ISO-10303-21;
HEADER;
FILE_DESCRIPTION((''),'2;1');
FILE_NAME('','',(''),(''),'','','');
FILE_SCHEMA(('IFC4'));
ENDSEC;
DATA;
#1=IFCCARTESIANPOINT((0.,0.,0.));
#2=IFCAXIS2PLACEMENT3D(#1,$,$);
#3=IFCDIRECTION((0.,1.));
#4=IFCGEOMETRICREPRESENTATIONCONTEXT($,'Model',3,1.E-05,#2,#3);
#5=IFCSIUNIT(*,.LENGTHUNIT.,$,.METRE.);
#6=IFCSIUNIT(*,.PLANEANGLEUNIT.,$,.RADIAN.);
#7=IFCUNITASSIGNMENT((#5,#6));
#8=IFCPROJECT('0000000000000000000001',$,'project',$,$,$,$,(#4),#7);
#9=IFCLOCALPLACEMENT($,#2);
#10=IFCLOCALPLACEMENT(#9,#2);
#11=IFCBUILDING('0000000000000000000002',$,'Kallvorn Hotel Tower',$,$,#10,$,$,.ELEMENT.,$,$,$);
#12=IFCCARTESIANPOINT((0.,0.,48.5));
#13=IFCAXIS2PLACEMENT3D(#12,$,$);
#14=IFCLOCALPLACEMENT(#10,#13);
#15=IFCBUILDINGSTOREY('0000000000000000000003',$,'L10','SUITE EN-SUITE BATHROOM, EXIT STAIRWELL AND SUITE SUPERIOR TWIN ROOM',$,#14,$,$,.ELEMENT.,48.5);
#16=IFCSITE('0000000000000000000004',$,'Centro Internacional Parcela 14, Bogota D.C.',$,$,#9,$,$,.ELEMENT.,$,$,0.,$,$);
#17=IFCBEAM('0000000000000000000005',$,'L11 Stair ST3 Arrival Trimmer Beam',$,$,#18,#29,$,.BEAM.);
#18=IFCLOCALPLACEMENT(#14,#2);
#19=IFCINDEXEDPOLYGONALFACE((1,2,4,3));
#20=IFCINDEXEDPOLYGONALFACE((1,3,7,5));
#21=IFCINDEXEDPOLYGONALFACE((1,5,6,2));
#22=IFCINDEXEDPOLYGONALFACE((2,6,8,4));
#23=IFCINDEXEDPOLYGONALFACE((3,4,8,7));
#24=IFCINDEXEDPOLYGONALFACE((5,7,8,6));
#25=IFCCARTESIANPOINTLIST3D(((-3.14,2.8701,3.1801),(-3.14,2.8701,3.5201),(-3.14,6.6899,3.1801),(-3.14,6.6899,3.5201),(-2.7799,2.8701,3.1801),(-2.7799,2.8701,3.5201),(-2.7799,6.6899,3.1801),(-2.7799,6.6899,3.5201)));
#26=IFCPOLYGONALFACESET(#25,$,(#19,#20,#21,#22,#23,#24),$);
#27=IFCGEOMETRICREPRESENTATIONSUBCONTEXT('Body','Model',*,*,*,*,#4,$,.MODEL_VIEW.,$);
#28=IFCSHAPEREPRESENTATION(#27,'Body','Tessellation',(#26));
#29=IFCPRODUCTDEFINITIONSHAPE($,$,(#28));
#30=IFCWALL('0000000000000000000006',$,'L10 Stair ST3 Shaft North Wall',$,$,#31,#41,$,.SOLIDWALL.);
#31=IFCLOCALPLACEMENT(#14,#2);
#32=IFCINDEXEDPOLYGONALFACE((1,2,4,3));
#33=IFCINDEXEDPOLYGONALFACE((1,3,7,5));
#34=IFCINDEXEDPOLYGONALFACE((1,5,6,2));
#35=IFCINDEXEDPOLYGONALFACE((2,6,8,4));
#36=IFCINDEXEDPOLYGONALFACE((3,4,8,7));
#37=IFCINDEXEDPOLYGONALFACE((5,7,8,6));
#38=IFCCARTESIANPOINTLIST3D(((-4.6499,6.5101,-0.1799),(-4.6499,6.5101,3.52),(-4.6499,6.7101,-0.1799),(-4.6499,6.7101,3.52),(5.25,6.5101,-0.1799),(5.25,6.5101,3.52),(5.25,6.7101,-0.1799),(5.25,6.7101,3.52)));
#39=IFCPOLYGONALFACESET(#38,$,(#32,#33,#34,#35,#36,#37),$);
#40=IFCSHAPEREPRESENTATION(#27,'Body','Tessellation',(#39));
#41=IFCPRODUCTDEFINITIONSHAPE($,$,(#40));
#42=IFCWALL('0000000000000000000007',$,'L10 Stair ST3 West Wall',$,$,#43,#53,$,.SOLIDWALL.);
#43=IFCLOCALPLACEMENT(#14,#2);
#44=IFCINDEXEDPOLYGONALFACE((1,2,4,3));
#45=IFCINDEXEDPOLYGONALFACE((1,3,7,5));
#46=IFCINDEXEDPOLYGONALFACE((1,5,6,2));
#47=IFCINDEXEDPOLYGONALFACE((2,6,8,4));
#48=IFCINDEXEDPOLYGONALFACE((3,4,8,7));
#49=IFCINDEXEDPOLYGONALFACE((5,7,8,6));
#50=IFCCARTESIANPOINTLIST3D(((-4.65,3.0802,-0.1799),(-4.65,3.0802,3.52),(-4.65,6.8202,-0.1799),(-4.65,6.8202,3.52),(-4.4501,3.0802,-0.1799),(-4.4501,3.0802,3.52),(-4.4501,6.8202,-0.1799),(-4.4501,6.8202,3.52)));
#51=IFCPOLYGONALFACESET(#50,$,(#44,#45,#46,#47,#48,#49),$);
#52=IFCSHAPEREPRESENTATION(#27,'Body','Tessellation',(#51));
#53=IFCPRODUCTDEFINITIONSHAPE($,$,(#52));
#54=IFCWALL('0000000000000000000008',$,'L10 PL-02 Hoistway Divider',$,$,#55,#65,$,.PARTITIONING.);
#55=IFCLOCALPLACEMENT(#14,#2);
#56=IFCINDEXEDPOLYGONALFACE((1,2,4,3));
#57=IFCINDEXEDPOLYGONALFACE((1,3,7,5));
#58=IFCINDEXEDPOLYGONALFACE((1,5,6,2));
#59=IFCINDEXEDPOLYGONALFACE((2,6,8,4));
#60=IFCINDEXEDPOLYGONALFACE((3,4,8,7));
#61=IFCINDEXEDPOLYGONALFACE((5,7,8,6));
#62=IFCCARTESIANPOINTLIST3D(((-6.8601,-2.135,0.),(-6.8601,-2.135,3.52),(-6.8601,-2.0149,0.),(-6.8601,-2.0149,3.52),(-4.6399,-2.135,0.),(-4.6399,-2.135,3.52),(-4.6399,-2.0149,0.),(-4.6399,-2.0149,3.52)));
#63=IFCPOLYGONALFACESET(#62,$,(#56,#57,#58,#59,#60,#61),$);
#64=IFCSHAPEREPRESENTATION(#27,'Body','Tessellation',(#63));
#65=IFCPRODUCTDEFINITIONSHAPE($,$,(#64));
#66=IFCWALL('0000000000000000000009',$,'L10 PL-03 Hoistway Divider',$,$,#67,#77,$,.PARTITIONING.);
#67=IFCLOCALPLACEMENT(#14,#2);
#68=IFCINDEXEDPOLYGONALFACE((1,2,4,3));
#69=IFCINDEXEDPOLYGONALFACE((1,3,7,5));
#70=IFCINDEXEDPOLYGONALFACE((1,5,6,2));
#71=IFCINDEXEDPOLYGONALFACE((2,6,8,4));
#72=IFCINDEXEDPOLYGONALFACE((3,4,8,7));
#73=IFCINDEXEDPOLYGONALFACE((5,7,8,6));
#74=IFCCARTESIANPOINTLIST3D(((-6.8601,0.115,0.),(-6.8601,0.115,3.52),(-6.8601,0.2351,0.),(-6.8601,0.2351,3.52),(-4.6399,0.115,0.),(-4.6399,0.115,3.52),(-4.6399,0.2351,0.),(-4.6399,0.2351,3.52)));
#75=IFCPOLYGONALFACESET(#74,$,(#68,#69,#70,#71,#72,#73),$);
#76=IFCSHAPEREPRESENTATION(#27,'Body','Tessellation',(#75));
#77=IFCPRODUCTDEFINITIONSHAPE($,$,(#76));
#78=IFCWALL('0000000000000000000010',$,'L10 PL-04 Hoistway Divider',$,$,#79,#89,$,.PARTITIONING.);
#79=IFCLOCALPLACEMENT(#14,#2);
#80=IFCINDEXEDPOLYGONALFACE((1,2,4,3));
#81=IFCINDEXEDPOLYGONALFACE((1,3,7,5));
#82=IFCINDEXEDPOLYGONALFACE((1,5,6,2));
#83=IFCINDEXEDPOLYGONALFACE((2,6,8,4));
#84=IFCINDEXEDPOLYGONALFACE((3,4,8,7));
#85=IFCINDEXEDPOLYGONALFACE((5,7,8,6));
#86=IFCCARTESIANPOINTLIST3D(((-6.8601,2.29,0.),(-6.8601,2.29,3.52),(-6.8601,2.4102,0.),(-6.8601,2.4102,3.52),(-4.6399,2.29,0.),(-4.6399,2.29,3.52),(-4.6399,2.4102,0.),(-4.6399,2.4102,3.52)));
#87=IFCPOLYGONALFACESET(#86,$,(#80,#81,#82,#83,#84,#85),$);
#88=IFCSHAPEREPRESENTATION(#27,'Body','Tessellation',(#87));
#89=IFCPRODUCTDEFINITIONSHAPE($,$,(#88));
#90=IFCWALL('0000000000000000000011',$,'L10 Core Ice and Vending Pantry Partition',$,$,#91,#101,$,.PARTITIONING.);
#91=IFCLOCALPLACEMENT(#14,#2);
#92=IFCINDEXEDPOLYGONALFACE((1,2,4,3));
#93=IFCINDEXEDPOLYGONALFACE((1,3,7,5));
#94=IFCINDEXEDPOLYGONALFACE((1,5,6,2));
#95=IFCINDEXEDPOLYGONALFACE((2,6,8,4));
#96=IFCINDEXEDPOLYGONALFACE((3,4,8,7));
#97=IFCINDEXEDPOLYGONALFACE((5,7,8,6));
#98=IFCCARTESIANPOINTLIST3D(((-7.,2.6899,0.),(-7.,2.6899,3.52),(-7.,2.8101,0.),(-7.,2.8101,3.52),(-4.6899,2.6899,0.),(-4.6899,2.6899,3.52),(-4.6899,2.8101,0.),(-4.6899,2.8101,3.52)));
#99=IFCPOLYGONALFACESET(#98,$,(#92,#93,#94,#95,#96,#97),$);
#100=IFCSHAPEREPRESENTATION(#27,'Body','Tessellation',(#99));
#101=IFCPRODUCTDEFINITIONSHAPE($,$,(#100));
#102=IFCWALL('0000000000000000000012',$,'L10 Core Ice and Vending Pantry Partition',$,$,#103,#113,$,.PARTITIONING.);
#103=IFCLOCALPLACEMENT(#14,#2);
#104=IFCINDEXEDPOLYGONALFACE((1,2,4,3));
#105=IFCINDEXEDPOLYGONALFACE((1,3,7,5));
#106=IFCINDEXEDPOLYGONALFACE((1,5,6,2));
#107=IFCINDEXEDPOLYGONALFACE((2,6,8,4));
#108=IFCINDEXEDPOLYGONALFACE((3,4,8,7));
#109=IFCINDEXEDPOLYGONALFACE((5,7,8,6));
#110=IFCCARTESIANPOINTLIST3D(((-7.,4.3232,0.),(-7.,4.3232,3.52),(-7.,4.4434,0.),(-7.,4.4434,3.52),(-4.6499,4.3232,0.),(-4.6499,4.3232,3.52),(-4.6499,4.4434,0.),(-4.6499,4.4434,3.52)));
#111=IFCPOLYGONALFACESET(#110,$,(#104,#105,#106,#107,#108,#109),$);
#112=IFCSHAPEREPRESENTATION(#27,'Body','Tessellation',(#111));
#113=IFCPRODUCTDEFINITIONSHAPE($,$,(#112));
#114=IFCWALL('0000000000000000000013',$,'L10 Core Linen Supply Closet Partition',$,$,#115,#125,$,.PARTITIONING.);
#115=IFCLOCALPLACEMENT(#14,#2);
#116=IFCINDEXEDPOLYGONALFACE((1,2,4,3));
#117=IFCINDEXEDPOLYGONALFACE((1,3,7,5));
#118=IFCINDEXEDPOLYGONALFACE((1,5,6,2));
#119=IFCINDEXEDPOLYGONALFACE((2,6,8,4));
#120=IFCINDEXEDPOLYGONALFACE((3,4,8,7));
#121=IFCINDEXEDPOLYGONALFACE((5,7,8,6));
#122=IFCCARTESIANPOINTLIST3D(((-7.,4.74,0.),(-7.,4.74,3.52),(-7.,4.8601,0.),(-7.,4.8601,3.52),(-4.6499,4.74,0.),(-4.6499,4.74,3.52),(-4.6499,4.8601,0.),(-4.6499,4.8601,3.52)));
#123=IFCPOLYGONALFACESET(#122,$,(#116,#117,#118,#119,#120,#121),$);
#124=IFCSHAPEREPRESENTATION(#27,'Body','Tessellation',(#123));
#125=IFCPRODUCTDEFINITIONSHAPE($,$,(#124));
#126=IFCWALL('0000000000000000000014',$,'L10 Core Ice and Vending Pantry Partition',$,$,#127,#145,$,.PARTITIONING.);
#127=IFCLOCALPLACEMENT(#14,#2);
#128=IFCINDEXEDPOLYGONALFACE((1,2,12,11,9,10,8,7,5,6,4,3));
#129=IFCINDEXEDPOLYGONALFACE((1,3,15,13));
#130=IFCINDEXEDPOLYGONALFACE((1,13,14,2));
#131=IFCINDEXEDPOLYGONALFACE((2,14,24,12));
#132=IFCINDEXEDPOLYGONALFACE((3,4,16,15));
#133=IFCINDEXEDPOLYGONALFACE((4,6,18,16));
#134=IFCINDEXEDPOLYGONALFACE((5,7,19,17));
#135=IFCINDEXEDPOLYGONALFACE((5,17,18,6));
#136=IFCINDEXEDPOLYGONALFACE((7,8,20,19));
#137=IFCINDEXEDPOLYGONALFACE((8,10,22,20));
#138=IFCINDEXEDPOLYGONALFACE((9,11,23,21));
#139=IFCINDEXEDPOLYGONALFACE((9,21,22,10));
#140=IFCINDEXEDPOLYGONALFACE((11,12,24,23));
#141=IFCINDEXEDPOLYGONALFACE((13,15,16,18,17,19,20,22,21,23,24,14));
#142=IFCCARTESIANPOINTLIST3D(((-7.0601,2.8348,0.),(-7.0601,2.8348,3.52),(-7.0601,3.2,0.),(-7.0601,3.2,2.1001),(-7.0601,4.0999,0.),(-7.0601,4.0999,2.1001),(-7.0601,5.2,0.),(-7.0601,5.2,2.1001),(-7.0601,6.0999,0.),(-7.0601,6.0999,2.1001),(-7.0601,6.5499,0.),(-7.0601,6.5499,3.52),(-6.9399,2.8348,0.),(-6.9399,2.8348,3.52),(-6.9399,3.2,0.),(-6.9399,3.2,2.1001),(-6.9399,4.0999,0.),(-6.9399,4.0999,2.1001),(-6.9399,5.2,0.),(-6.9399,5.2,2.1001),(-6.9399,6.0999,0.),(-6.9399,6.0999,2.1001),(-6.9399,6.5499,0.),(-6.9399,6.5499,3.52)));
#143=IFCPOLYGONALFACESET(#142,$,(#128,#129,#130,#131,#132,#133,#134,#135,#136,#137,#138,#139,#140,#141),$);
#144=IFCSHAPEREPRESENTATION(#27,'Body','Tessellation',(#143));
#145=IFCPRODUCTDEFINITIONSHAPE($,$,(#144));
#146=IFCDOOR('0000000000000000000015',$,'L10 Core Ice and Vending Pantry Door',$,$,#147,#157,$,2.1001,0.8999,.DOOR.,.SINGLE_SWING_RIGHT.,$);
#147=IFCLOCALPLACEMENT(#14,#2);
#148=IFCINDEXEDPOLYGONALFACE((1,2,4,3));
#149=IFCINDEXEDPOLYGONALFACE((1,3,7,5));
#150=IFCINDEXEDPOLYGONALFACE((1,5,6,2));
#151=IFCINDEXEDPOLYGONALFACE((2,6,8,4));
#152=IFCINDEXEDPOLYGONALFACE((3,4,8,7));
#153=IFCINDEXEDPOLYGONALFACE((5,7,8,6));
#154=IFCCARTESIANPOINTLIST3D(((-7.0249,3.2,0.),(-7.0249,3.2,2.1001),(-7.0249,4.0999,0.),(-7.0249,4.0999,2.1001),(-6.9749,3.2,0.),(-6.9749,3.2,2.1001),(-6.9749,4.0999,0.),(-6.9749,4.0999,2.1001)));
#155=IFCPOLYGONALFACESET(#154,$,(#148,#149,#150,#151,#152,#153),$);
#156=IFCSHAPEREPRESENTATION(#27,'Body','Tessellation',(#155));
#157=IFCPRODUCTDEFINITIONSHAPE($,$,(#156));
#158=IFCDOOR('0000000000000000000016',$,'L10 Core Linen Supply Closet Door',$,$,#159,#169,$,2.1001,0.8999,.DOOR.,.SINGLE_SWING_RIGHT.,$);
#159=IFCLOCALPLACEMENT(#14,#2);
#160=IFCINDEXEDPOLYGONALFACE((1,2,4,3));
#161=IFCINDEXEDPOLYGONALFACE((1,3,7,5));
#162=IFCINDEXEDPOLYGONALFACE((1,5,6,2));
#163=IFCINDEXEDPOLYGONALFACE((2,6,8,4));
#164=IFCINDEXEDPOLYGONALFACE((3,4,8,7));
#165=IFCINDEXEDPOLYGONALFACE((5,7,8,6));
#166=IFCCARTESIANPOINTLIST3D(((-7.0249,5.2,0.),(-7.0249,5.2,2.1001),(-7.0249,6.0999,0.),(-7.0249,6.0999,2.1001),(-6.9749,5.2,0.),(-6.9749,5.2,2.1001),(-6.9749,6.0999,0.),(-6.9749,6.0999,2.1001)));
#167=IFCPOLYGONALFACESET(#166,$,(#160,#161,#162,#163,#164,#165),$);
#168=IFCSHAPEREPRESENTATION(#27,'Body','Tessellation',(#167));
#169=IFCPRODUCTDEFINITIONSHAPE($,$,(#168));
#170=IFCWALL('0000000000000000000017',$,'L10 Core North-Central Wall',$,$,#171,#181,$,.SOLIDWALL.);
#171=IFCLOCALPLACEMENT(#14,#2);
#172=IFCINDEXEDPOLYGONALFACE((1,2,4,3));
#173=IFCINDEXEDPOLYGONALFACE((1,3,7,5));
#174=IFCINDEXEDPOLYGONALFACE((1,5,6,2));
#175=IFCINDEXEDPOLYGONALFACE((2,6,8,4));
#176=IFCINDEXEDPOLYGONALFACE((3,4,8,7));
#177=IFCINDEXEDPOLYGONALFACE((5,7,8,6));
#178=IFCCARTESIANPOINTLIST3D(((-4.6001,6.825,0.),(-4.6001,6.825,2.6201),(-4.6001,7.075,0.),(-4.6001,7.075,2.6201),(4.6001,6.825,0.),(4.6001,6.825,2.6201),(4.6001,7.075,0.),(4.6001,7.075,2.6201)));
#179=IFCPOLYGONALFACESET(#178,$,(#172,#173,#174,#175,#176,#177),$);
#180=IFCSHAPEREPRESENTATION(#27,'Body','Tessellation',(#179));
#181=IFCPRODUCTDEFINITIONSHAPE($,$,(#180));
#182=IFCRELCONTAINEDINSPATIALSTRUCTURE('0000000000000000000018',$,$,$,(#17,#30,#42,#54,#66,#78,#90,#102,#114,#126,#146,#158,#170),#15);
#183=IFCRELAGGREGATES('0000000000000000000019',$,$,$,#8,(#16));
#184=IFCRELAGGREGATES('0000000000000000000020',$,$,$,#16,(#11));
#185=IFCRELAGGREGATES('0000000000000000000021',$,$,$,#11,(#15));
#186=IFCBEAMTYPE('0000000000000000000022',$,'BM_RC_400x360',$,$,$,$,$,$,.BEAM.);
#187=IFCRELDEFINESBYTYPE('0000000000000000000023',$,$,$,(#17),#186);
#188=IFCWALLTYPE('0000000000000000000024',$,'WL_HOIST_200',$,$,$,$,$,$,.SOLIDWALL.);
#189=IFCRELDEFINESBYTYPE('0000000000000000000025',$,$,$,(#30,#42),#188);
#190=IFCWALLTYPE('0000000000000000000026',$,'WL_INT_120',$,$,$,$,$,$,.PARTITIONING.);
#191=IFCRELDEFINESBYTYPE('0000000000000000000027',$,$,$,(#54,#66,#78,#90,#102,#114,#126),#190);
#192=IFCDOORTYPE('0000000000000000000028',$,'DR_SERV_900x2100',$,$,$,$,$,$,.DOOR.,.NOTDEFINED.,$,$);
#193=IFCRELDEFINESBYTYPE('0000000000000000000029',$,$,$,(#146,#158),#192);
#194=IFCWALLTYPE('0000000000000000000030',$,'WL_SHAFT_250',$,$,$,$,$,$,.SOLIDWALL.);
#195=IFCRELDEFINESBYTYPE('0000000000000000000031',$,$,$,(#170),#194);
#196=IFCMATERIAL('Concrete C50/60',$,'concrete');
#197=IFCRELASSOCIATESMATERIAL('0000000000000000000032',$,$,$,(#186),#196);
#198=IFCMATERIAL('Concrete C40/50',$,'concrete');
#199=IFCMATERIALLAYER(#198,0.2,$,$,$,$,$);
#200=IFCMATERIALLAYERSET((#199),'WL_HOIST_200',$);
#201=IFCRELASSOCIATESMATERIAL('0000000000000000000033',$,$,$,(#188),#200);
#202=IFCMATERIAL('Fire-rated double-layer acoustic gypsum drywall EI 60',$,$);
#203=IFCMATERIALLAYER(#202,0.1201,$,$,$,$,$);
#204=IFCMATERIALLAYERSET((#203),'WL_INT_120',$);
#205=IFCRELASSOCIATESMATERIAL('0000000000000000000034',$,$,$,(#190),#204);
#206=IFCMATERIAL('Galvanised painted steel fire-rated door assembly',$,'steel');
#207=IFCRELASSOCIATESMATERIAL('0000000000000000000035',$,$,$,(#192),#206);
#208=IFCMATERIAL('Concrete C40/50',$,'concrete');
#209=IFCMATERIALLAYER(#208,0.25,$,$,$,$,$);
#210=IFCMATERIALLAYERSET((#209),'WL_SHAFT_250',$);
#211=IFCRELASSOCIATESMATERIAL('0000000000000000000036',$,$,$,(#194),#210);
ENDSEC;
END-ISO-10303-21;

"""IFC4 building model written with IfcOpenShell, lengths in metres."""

from ifc_helpers import new_model, si_unit, direction, frame, frame_2d, origin, origin_2d, place, context, subcontext, project, spatial, rectangle, extrude, material, layer, layer_set, material_profile, profile_set, type_object, element, fill, save


model = new_model("IFC4")

# Units and contexts
model_context = context("Model", 3, precision=1e-05, world=origin(), true_north=direction((0.0, 1.0)))
body_context = subcontext(model_context, "Body", "Model", "MODEL_VIEW")
ifc_project = project(units=[si_unit("LENGTHUNIT", "METRE"), si_unit("PLANEANGLEUNIT", "RADIAN")], contexts=[model_context])

# Site, building, storey
site_placement = place(None, origin())
site = spatial("IfcSite", under=ifc_project, at=site_placement, Name="Centro Internacional Parcela 14, Bogota D.C.", CompositionType="ELEMENT", RefElevation=0.0)
building_placement = place(site_placement, origin())
building = spatial("IfcBuilding", under=site, at=building_placement, Name="Kallvorn Hotel Tower", CompositionType="ELEMENT")
storey_placement = place(building_placement, frame((0.0, 0.0, 48.5)))
storey = spatial("IfcBuildingStorey", under=building, at=storey_placement, Name="L10", Description="SUITE EN-SUITE BATHROOM, EXIT STAIRWELL AND SUITE SUPERIOR TWIN ROOM", CompositionType="ELEMENT", Elevation=48.5)

# Beam
ifc_material_1 = material(Name="Concrete C50/60", Category="concrete")
ifc_material_profile = material_profile(ifc_material_1, rectangle(XDim=0.3601, YDim=0.3401, at=origin_2d()), Name="RC 360x340")
ifc_profile_set = profile_set([ifc_material_profile], Name="Concrete C50/60")
beam_type = type_object("IfcBeamType", Name="BM_RC_400x360", PredefinedType="BEAM", material=ifc_profile_set)
beam_placement = place(storey_placement, frame((-2.96, 2.8701, 3.3501), z_axis=(0.0, 1.0, 0.0), x_axis=(-1.0, 0.0, 0.0)))
element("IfcBeam", 1, at=beam_placement, inside=storey, type_object=beam_type, Name="L11 Stair ST3 Arrival Trimmer Beam", PredefinedType="BEAM", context=body_context, shape_type="SweptSolid", body=[
    extrude(rectangle(XDim=0.3601, YDim=0.3401, at=origin_2d()), origin(), (0.0, 0.0, 1.0), 3.8198),
])

# Walls
ifc_material_2 = material(Name="Concrete C40/50", Category="concrete")
ifc_layer_1 = layer(ifc_material_2, 0.2)
ifc_layer_set_1 = layer_set([ifc_layer_1], Name="WL_HOIST_200")
wall_type_1 = type_object("IfcWallType", Name="WL_HOIST_200", PredefinedType="SOLIDWALL", material=ifc_layer_set_1)
wall_1_placement = place(storey_placement, frame((-4.6499, 6.6101, -0.1799), z_axis=(0.0, 0.0, 1.0), x_axis=(1.0, 0.0, 0.0)))
element("IfcWall", 2, at=wall_1_placement, inside=storey, type_object=wall_type_1, Name="L10 Stair ST3 Shaft North Wall", PredefinedType="SOLIDWALL", context=body_context, shape_type="SweptSolid", body=[
    extrude(rectangle(XDim=9.8999, YDim=0.2, at=frame_2d((4.95, 0.0))), origin(), (0.0, 0.0, 1.0), 3.7),
])
wall_2_placement = place(storey_placement, frame((-4.55, 3.0801, -0.1799), z_axis=(0.0, 0.0, 1.0), x_axis=(0.0, 1.0, 0.0)))
element("IfcWall", 3, at=wall_2_placement, inside=storey, type_object=wall_type_1, Name="L10 Stair ST3 West Wall", PredefinedType="SOLIDWALL", context=body_context, shape_type="SweptSolid", body=[
    extrude(rectangle(XDim=3.74, YDim=0.2, at=frame_2d((1.8701, 0.0))), origin(), (0.0, 0.0, 1.0), 3.7),
])
ifc_material_3 = material(Name="Fire-rated double-layer acoustic gypsum drywall EI 60")
ifc_layer_2 = layer(ifc_material_3, 0.1201)
ifc_layer_set_2 = layer_set([ifc_layer_2], Name="WL_INT_120")
wall_type_2 = type_object("IfcWallType", Name="WL_INT_120", PredefinedType="PARTITIONING", material=ifc_layer_set_2)
for number, where, z_axis, x_axis, name in (
    (4, (-6.8601, -2.075, 0.0), (0.0, 0.0, 1.0), (1.0, 0.0, 0.0), "L10 PL-02 Hoistway Divider"),
    (5, (-6.8601, 0.175, 0.0), (0.0, 0.0, 1.0), (1.0, 0.0, 0.0), "L10 PL-03 Hoistway Divider"),
    (6, (-6.8601, 2.3501, 0.0), (0.0, 0.0, 1.0), (1.0, 0.0, 0.0), "L10 PL-04 Hoistway Divider"),
):
    element("IfcWall", number, at=place(storey_placement, frame(where, z_axis=z_axis, x_axis=x_axis)), inside=storey, type_object=wall_type_2, Name=name, PredefinedType="PARTITIONING", context=body_context, shape_type="SweptSolid", body=[
        extrude(rectangle(XDim=2.2202, YDim=0.1201, at=frame_2d((1.1101, 0.0))), origin(), (0.0, 0.0, 1.0), 3.52),
    ])
wall_3_placement = place(storey_placement, frame((-7.0, 2.75, 0.0), z_axis=(0.0, 0.0, 1.0), x_axis=(1.0, 0.0, 0.0)))
element("IfcWall", 7, at=wall_3_placement, inside=storey, type_object=wall_type_2, Name="L10 Core Ice and Vending Pantry Partition", PredefinedType="PARTITIONING", context=body_context, shape_type="SweptSolid", body=[
    extrude(rectangle(XDim=2.3101, YDim=0.1201, at=frame_2d((1.155, 0.0))), origin(), (0.0, 0.0, 1.0), 3.52),
])
for number, where, z_axis, x_axis, name in (
    (8, (-7.0, 4.3833, 0.0), (0.0, 0.0, 1.0), (1.0, 0.0, 0.0), "L10 Core Ice and Vending Pantry Partition"),
    (9, (-7.0, 4.8, 0.0), (0.0, 0.0, 1.0), (1.0, 0.0, 0.0), "L10 Core Linen Supply Closet Partition"),
):
    element("IfcWall", number, at=place(storey_placement, frame(where, z_axis=z_axis, x_axis=x_axis)), inside=storey, type_object=wall_type_2, Name=name, PredefinedType="PARTITIONING", context=body_context, shape_type="SweptSolid", body=[
        extrude(rectangle(XDim=2.3501, YDim=0.1201, at=frame_2d((1.175, 0.0))), origin(), (0.0, 0.0, 1.0), 3.52),
    ])

# Wall, openings, doors
wall_4_placement = place(storey_placement, frame((-7.0, 2.835, 0.0), z_axis=(0.0, 0.0, 1.0), x_axis=(0.0, 1.0, 0.0)))
wall_4 = element("IfcWall", 10, at=wall_4_placement, inside=storey, type_object=wall_type_2, Name="L10 Core Ice and Vending Pantry Partition", PredefinedType="PARTITIONING", context=body_context, shape_type="SweptSolid", body=[
    extrude(rectangle(XDim=3.7151, YDim=0.1201, at=frame_2d((1.8574, 0.0))), origin(), (0.0, 0.0, 1.0), 3.52),
])
opening_1_placement = place(wall_4_placement, frame((0.365, 0.0, 0.0)))
opening_1 = element("IfcOpeningElement", 11, at=opening_1_placement, cuts=wall_4, PredefinedType="OPENING", context=body_context, shape_type="SweptSolid", body=[
    extrude(rectangle(XDim=0.8999, YDim=2.1001, at=frame_2d((0.45, 1.05))), frame((0.0, 0.075, 0.0), z_axis=(0.0, -1.0, 0.0), x_axis=(1.0, 0.0, 0.0)), (0.0, 0.0, 1.0), 0.1501),
])
opening_2_placement = place(wall_4_placement, frame((2.365, 0.0, 0.0)))
opening_2 = element("IfcOpeningElement", 12, at=opening_2_placement, cuts=wall_4, PredefinedType="OPENING", context=body_context, shape_type="SweptSolid", body=[
    extrude(rectangle(XDim=0.8999, YDim=2.1001, at=frame_2d((0.45, 1.05))), frame((0.0, 0.075, 0.0), z_axis=(0.0, -1.0, 0.0), x_axis=(1.0, 0.0, 0.0)), (0.0, 0.0, 1.0), 0.1501),
])
ifc_material_4 = material(Name="Galvanised painted steel fire-rated door assembly", Category="steel")
door_type_1 = type_object("IfcDoorType", Name="DR_SERV_900x2100", OperationType="NOTDEFINED", PredefinedType="DOOR", material=ifc_material_4)
door_1_placement = place(opening_1_placement, origin())
door_1 = element("IfcDoor", 13, at=door_1_placement, inside=storey, type_object=door_type_1, Name="L10 Core Ice and Vending Pantry Door", OperationType="SINGLE_SWING_RIGHT", OverallHeight=2.1001, OverallWidth=0.8999, PredefinedType="DOOR", context=body_context, shape_type="SweptSolid", body=[
    extrude(rectangle(XDim=0.8999, YDim=2.1001, at=frame_2d((0.45, 1.05))), frame((0.0, 0.0249, 0.0), z_axis=(0.0, -1.0, 0.0), x_axis=(1.0, 0.0, 0.0)), (0.0, 0.0, 1.0), 0.05),
])
fill(opening_1, door_1)
door_2_placement = place(opening_2_placement, origin())
door_2 = element("IfcDoor", 14, at=door_2_placement, inside=storey, type_object=door_type_1, Name="L10 Core Linen Supply Closet Door", OperationType="SINGLE_SWING_RIGHT", OverallHeight=2.1001, OverallWidth=0.8999, PredefinedType="DOOR", context=body_context, shape_type="SweptSolid", body=[
    extrude(rectangle(XDim=0.8999, YDim=2.1001, at=frame_2d((0.45, 1.05))), frame((0.0, 0.0249, 0.0), z_axis=(0.0, -1.0, 0.0), x_axis=(1.0, 0.0, 0.0)), (0.0, 0.0, 1.0), 0.05),
])
fill(opening_2, door_2)

# Wall
ifc_material_5 = material(Name="Concrete C40/50", Category="concrete")
ifc_layer_3 = layer(ifc_material_5, 0.25)
ifc_layer_set_3 = layer_set([ifc_layer_3], Name="WL_SHAFT_250")
wall_type_3 = type_object("IfcWallType", Name="WL_SHAFT_250", PredefinedType="SOLIDWALL", material=ifc_layer_set_3)
wall_5_placement = place(storey_placement, frame((-4.6001, 6.95, 0.0), z_axis=(0.0, 0.0, 1.0), x_axis=(1.0, 0.0, 0.0)))
element("IfcWall", 15, at=wall_5_placement, inside=storey, type_object=wall_type_3, Name="L10 Core North-Central Wall", PredefinedType="SOLIDWALL", context=body_context, shape_type="SweptSolid", body=[
    extrude(rectangle(XDim=9.2002, YDim=0.25, at=frame_2d((4.6001, 0.0))), origin(), (0.0, 0.0, 1.0), 2.6201),
])

save(model, "model.ifc")
